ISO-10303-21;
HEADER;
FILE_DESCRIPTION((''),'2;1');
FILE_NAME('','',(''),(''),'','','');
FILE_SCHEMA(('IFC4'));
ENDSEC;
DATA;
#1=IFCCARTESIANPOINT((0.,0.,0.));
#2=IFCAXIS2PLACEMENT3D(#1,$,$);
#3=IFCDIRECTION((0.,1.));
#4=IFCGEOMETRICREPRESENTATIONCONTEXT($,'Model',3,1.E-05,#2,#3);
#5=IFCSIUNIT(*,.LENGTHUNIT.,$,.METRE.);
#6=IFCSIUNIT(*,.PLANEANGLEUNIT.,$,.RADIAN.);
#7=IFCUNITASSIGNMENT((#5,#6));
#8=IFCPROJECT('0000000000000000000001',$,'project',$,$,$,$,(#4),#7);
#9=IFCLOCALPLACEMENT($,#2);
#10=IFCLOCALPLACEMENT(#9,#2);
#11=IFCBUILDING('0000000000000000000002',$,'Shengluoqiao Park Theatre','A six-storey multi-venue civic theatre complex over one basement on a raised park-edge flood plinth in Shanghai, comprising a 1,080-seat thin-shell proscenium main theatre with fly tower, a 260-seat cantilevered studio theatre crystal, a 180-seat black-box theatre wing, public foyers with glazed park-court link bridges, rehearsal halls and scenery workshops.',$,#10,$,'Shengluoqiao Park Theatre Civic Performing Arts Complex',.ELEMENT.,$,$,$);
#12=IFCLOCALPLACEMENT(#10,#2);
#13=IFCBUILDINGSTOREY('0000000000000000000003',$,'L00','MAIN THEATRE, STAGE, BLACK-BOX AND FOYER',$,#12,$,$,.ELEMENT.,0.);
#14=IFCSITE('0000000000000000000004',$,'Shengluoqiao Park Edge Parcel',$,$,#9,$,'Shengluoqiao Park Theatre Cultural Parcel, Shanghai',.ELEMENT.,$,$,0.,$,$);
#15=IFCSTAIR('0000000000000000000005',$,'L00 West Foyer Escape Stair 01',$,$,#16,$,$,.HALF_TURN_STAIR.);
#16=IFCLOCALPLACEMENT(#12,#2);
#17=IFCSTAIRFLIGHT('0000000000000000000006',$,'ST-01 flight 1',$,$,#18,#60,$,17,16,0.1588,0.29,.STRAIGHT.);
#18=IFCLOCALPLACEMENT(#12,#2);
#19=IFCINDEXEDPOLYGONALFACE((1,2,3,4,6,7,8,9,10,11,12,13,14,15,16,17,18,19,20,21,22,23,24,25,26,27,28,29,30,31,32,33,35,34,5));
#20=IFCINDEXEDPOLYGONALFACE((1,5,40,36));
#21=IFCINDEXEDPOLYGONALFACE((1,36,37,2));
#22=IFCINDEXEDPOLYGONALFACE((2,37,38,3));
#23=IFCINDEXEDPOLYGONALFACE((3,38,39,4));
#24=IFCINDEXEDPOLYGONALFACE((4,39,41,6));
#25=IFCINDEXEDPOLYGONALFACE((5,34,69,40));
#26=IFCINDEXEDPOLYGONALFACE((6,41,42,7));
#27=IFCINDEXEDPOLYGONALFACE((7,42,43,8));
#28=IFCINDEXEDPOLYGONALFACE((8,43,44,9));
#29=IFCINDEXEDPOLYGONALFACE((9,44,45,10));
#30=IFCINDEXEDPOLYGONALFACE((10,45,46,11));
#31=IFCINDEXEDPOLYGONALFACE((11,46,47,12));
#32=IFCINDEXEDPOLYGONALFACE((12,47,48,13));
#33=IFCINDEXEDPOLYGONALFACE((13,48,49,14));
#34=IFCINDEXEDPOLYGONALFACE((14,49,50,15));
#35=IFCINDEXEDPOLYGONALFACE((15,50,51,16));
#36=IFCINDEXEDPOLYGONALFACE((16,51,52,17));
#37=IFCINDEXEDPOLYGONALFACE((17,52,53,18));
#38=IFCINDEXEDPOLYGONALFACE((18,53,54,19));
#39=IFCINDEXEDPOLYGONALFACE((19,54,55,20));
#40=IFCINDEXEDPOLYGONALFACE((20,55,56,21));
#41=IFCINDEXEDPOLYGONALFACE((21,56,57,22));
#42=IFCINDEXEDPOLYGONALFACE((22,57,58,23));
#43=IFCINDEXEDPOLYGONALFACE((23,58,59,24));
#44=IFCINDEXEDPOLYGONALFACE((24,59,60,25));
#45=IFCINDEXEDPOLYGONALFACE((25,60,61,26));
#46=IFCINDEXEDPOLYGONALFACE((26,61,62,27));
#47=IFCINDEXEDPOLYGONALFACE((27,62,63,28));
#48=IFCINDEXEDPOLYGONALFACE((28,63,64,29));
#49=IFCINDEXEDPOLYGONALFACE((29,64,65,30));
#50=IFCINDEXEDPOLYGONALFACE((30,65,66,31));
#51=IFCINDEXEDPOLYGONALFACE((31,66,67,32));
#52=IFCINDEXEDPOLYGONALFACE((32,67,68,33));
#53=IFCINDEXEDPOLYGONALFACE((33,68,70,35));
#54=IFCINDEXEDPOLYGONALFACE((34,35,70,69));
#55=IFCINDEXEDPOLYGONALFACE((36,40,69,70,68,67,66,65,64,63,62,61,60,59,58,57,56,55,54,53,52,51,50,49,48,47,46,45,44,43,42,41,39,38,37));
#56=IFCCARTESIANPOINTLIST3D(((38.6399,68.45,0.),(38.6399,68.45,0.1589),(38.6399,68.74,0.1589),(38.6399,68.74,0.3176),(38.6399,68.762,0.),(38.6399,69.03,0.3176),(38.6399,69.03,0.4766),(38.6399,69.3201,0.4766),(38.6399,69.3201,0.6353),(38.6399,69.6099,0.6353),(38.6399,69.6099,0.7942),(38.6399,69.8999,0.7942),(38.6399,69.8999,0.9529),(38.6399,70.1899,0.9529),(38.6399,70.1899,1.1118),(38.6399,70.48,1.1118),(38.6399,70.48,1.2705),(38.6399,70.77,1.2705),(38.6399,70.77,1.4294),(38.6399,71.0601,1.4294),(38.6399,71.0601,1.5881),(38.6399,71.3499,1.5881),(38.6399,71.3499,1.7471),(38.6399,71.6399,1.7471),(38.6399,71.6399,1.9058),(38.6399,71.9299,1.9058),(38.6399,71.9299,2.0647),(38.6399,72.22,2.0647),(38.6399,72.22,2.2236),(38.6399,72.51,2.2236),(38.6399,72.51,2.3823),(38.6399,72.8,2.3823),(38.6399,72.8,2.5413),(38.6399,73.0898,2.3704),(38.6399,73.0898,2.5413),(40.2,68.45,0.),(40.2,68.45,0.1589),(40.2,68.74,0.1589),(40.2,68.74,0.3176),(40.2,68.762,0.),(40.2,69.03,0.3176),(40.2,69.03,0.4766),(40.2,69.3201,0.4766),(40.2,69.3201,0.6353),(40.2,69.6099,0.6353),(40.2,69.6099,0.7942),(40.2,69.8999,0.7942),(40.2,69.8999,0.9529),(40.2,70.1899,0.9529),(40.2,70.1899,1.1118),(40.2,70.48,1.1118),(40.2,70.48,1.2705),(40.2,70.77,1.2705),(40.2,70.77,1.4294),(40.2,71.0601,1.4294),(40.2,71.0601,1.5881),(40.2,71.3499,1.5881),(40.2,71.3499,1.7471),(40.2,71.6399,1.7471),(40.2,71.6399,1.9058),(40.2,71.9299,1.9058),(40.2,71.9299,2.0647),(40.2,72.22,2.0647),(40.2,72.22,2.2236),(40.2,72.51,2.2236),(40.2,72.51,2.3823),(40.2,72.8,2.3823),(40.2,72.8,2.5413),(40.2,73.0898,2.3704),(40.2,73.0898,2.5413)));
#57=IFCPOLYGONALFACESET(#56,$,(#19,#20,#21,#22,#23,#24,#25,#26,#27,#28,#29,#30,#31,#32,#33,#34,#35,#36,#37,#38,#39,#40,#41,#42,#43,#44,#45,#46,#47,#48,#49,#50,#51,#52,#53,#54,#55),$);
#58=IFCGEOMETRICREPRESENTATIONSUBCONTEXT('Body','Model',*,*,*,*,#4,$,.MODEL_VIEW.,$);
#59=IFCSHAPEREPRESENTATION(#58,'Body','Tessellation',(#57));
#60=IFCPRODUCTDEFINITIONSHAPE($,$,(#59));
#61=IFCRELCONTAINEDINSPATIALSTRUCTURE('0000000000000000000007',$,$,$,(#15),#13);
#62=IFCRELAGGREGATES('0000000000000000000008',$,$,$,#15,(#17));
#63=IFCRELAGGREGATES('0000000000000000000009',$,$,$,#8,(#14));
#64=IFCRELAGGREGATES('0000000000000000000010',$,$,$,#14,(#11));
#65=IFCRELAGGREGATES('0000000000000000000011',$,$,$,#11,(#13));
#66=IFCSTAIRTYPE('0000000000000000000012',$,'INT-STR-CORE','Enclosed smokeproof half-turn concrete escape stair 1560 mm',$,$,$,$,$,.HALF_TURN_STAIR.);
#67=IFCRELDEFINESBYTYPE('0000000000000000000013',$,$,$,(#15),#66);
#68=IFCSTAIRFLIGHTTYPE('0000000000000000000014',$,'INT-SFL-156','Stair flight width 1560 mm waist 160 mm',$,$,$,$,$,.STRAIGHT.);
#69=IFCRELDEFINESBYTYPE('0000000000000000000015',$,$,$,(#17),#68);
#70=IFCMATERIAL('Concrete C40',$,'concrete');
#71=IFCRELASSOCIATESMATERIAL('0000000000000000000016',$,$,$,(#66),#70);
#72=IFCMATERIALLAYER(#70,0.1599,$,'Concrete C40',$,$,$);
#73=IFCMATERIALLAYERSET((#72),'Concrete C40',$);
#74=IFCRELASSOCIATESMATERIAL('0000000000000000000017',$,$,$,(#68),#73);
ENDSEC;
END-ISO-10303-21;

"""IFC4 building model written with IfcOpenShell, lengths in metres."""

from ifc_helpers import new_model, si_unit, direction, frame, origin, place, context, subcontext, project, spatial, polyline, outline, extrude, material, layer, layer_set, type_object, element, aggregate, save


model = new_model("IFC4")

# Units and contexts
model_context = context("Model", 3, precision=1e-05, world=origin(), true_north=direction((0.0, 1.0)))
body_context = subcontext(model_context, "Body", "Model", "MODEL_VIEW")
ifc_project = project(units=[si_unit("LENGTHUNIT", "METRE"), si_unit("PLANEANGLEUNIT", "RADIAN")], contexts=[model_context])

# Site, building, storey
site_placement = place(None, origin())
site = spatial("IfcSite", under=ifc_project, at=site_placement, Name="Shengluoqiao Park Edge Parcel", LongName="Shengluoqiao Park Theatre Cultural Parcel, Shanghai", CompositionType="ELEMENT", RefElevation=0.0)
building_placement = place(site_placement, origin())
building = spatial("IfcBuilding", under=site, at=building_placement, Name="Shengluoqiao Park Theatre", Description="A six-storey multi-venue civic theatre complex over one basement on a raised park-edge flood plinth in Shanghai, comprising a 1,080-seat thin-shell proscenium main theatre with fly tower, a 260-seat cantilevered studio theatre crystal, a 180-seat black-box theatre wing, public foyers with glazed park-court link bridges, rehearsal halls and scenery workshops.", LongName="Shengluoqiao Park Theatre Civic Performing Arts Complex", CompositionType="ELEMENT")
storey_placement = place(building_placement, origin())
storey = spatial("IfcBuildingStorey", under=building, at=storey_placement, Name="L00", Description="MAIN THEATRE, STAGE, BLACK-BOX AND FOYER", CompositionType="ELEMENT", Elevation=0.0)

# Shared definitions
ifc_material_1 = material(Name="Concrete C40", Category="concrete")

# Stair, stair flight
stair_type = type_object("IfcStairType", Name="INT-STR-CORE", Description="Enclosed smokeproof half-turn concrete escape stair 1560 mm", PredefinedType="HALF_TURN_STAIR", material=ifc_material_1)
stair_placement = place(storey_placement, origin())
stair = element("IfcStair", 1, at=stair_placement, inside=storey, type_object=stair_type, Name="L00 West Foyer Escape Stair 01", PredefinedType="HALF_TURN_STAIR")
ifc_layer_1 = layer(ifc_material_1, 0.1599, Name="Concrete C40")
ifc_layer_set_1 = layer_set([ifc_layer_1], Name="Concrete C40")
stair_flight_type = type_object("IfcStairFlightType", Name="INT-SFL-156", Description="Stair flight width 1560 mm waist 160 mm", PredefinedType="STRAIGHT", material=ifc_layer_set_1)
stair_flight_placement = place(storey_placement, frame((39.4199, 68.45, 0.0), z_axis=(0.0, 0.0, 1.0), x_axis=(0.0, 1.0, 0.0)))
stair_flight = element("IfcStairFlight", 2, at=stair_flight_placement, type_object=stair_flight_type, Name="ST-01 flight 1", NumberOfRisers=17, NumberOfTreads=16, PredefinedType="STRAIGHT", RiserHeight=0.1588, TreadLength=0.29, context=body_context, shape_type="SweptSolid", body=[
    extrude(outline(polyline([(0.0, 0.0), (0.0, 0.1589), (0.29, 0.1589), (0.29, 0.3176), (0.5801, 0.3176), (0.5801, 0.4766), (0.8701, 0.4766), (0.8701, 0.6353), (1.1599, 0.6353), (1.1599, 0.7942), (1.45, 0.7942), (1.45, 0.9529), (1.74, 0.9529), (1.74, 1.1118), (2.03, 1.1118), (2.03, 1.2705), (2.3201, 1.2705), (2.3201, 1.4294), (2.6101, 1.4294), (2.6101, 1.5881), (2.8999, 1.5881), (2.8999, 1.7471), (3.1899, 1.7471), (3.1899, 1.9058), (3.48, 1.9058), (3.48, 2.0647), (3.77, 2.0647), (3.77, 2.2236), (4.0601, 2.2236), (4.0601, 2.3823), (4.3501, 2.3823), (4.3501, 2.5413), (4.6399, 2.5413), (4.6399, 2.7), (4.6399, 2.3704), (0.312, 0.0), (0.0, 0.0)])), frame((0.0, 0.78, 0.0), z_axis=(0.0, -1.0, 0.0), x_axis=(1.0, 0.0, 0.0)), (0.0, 0.0, 1.0), 1.5601),
])
aggregate(stair, [stair_flight])

save(model, "model.ifc")
